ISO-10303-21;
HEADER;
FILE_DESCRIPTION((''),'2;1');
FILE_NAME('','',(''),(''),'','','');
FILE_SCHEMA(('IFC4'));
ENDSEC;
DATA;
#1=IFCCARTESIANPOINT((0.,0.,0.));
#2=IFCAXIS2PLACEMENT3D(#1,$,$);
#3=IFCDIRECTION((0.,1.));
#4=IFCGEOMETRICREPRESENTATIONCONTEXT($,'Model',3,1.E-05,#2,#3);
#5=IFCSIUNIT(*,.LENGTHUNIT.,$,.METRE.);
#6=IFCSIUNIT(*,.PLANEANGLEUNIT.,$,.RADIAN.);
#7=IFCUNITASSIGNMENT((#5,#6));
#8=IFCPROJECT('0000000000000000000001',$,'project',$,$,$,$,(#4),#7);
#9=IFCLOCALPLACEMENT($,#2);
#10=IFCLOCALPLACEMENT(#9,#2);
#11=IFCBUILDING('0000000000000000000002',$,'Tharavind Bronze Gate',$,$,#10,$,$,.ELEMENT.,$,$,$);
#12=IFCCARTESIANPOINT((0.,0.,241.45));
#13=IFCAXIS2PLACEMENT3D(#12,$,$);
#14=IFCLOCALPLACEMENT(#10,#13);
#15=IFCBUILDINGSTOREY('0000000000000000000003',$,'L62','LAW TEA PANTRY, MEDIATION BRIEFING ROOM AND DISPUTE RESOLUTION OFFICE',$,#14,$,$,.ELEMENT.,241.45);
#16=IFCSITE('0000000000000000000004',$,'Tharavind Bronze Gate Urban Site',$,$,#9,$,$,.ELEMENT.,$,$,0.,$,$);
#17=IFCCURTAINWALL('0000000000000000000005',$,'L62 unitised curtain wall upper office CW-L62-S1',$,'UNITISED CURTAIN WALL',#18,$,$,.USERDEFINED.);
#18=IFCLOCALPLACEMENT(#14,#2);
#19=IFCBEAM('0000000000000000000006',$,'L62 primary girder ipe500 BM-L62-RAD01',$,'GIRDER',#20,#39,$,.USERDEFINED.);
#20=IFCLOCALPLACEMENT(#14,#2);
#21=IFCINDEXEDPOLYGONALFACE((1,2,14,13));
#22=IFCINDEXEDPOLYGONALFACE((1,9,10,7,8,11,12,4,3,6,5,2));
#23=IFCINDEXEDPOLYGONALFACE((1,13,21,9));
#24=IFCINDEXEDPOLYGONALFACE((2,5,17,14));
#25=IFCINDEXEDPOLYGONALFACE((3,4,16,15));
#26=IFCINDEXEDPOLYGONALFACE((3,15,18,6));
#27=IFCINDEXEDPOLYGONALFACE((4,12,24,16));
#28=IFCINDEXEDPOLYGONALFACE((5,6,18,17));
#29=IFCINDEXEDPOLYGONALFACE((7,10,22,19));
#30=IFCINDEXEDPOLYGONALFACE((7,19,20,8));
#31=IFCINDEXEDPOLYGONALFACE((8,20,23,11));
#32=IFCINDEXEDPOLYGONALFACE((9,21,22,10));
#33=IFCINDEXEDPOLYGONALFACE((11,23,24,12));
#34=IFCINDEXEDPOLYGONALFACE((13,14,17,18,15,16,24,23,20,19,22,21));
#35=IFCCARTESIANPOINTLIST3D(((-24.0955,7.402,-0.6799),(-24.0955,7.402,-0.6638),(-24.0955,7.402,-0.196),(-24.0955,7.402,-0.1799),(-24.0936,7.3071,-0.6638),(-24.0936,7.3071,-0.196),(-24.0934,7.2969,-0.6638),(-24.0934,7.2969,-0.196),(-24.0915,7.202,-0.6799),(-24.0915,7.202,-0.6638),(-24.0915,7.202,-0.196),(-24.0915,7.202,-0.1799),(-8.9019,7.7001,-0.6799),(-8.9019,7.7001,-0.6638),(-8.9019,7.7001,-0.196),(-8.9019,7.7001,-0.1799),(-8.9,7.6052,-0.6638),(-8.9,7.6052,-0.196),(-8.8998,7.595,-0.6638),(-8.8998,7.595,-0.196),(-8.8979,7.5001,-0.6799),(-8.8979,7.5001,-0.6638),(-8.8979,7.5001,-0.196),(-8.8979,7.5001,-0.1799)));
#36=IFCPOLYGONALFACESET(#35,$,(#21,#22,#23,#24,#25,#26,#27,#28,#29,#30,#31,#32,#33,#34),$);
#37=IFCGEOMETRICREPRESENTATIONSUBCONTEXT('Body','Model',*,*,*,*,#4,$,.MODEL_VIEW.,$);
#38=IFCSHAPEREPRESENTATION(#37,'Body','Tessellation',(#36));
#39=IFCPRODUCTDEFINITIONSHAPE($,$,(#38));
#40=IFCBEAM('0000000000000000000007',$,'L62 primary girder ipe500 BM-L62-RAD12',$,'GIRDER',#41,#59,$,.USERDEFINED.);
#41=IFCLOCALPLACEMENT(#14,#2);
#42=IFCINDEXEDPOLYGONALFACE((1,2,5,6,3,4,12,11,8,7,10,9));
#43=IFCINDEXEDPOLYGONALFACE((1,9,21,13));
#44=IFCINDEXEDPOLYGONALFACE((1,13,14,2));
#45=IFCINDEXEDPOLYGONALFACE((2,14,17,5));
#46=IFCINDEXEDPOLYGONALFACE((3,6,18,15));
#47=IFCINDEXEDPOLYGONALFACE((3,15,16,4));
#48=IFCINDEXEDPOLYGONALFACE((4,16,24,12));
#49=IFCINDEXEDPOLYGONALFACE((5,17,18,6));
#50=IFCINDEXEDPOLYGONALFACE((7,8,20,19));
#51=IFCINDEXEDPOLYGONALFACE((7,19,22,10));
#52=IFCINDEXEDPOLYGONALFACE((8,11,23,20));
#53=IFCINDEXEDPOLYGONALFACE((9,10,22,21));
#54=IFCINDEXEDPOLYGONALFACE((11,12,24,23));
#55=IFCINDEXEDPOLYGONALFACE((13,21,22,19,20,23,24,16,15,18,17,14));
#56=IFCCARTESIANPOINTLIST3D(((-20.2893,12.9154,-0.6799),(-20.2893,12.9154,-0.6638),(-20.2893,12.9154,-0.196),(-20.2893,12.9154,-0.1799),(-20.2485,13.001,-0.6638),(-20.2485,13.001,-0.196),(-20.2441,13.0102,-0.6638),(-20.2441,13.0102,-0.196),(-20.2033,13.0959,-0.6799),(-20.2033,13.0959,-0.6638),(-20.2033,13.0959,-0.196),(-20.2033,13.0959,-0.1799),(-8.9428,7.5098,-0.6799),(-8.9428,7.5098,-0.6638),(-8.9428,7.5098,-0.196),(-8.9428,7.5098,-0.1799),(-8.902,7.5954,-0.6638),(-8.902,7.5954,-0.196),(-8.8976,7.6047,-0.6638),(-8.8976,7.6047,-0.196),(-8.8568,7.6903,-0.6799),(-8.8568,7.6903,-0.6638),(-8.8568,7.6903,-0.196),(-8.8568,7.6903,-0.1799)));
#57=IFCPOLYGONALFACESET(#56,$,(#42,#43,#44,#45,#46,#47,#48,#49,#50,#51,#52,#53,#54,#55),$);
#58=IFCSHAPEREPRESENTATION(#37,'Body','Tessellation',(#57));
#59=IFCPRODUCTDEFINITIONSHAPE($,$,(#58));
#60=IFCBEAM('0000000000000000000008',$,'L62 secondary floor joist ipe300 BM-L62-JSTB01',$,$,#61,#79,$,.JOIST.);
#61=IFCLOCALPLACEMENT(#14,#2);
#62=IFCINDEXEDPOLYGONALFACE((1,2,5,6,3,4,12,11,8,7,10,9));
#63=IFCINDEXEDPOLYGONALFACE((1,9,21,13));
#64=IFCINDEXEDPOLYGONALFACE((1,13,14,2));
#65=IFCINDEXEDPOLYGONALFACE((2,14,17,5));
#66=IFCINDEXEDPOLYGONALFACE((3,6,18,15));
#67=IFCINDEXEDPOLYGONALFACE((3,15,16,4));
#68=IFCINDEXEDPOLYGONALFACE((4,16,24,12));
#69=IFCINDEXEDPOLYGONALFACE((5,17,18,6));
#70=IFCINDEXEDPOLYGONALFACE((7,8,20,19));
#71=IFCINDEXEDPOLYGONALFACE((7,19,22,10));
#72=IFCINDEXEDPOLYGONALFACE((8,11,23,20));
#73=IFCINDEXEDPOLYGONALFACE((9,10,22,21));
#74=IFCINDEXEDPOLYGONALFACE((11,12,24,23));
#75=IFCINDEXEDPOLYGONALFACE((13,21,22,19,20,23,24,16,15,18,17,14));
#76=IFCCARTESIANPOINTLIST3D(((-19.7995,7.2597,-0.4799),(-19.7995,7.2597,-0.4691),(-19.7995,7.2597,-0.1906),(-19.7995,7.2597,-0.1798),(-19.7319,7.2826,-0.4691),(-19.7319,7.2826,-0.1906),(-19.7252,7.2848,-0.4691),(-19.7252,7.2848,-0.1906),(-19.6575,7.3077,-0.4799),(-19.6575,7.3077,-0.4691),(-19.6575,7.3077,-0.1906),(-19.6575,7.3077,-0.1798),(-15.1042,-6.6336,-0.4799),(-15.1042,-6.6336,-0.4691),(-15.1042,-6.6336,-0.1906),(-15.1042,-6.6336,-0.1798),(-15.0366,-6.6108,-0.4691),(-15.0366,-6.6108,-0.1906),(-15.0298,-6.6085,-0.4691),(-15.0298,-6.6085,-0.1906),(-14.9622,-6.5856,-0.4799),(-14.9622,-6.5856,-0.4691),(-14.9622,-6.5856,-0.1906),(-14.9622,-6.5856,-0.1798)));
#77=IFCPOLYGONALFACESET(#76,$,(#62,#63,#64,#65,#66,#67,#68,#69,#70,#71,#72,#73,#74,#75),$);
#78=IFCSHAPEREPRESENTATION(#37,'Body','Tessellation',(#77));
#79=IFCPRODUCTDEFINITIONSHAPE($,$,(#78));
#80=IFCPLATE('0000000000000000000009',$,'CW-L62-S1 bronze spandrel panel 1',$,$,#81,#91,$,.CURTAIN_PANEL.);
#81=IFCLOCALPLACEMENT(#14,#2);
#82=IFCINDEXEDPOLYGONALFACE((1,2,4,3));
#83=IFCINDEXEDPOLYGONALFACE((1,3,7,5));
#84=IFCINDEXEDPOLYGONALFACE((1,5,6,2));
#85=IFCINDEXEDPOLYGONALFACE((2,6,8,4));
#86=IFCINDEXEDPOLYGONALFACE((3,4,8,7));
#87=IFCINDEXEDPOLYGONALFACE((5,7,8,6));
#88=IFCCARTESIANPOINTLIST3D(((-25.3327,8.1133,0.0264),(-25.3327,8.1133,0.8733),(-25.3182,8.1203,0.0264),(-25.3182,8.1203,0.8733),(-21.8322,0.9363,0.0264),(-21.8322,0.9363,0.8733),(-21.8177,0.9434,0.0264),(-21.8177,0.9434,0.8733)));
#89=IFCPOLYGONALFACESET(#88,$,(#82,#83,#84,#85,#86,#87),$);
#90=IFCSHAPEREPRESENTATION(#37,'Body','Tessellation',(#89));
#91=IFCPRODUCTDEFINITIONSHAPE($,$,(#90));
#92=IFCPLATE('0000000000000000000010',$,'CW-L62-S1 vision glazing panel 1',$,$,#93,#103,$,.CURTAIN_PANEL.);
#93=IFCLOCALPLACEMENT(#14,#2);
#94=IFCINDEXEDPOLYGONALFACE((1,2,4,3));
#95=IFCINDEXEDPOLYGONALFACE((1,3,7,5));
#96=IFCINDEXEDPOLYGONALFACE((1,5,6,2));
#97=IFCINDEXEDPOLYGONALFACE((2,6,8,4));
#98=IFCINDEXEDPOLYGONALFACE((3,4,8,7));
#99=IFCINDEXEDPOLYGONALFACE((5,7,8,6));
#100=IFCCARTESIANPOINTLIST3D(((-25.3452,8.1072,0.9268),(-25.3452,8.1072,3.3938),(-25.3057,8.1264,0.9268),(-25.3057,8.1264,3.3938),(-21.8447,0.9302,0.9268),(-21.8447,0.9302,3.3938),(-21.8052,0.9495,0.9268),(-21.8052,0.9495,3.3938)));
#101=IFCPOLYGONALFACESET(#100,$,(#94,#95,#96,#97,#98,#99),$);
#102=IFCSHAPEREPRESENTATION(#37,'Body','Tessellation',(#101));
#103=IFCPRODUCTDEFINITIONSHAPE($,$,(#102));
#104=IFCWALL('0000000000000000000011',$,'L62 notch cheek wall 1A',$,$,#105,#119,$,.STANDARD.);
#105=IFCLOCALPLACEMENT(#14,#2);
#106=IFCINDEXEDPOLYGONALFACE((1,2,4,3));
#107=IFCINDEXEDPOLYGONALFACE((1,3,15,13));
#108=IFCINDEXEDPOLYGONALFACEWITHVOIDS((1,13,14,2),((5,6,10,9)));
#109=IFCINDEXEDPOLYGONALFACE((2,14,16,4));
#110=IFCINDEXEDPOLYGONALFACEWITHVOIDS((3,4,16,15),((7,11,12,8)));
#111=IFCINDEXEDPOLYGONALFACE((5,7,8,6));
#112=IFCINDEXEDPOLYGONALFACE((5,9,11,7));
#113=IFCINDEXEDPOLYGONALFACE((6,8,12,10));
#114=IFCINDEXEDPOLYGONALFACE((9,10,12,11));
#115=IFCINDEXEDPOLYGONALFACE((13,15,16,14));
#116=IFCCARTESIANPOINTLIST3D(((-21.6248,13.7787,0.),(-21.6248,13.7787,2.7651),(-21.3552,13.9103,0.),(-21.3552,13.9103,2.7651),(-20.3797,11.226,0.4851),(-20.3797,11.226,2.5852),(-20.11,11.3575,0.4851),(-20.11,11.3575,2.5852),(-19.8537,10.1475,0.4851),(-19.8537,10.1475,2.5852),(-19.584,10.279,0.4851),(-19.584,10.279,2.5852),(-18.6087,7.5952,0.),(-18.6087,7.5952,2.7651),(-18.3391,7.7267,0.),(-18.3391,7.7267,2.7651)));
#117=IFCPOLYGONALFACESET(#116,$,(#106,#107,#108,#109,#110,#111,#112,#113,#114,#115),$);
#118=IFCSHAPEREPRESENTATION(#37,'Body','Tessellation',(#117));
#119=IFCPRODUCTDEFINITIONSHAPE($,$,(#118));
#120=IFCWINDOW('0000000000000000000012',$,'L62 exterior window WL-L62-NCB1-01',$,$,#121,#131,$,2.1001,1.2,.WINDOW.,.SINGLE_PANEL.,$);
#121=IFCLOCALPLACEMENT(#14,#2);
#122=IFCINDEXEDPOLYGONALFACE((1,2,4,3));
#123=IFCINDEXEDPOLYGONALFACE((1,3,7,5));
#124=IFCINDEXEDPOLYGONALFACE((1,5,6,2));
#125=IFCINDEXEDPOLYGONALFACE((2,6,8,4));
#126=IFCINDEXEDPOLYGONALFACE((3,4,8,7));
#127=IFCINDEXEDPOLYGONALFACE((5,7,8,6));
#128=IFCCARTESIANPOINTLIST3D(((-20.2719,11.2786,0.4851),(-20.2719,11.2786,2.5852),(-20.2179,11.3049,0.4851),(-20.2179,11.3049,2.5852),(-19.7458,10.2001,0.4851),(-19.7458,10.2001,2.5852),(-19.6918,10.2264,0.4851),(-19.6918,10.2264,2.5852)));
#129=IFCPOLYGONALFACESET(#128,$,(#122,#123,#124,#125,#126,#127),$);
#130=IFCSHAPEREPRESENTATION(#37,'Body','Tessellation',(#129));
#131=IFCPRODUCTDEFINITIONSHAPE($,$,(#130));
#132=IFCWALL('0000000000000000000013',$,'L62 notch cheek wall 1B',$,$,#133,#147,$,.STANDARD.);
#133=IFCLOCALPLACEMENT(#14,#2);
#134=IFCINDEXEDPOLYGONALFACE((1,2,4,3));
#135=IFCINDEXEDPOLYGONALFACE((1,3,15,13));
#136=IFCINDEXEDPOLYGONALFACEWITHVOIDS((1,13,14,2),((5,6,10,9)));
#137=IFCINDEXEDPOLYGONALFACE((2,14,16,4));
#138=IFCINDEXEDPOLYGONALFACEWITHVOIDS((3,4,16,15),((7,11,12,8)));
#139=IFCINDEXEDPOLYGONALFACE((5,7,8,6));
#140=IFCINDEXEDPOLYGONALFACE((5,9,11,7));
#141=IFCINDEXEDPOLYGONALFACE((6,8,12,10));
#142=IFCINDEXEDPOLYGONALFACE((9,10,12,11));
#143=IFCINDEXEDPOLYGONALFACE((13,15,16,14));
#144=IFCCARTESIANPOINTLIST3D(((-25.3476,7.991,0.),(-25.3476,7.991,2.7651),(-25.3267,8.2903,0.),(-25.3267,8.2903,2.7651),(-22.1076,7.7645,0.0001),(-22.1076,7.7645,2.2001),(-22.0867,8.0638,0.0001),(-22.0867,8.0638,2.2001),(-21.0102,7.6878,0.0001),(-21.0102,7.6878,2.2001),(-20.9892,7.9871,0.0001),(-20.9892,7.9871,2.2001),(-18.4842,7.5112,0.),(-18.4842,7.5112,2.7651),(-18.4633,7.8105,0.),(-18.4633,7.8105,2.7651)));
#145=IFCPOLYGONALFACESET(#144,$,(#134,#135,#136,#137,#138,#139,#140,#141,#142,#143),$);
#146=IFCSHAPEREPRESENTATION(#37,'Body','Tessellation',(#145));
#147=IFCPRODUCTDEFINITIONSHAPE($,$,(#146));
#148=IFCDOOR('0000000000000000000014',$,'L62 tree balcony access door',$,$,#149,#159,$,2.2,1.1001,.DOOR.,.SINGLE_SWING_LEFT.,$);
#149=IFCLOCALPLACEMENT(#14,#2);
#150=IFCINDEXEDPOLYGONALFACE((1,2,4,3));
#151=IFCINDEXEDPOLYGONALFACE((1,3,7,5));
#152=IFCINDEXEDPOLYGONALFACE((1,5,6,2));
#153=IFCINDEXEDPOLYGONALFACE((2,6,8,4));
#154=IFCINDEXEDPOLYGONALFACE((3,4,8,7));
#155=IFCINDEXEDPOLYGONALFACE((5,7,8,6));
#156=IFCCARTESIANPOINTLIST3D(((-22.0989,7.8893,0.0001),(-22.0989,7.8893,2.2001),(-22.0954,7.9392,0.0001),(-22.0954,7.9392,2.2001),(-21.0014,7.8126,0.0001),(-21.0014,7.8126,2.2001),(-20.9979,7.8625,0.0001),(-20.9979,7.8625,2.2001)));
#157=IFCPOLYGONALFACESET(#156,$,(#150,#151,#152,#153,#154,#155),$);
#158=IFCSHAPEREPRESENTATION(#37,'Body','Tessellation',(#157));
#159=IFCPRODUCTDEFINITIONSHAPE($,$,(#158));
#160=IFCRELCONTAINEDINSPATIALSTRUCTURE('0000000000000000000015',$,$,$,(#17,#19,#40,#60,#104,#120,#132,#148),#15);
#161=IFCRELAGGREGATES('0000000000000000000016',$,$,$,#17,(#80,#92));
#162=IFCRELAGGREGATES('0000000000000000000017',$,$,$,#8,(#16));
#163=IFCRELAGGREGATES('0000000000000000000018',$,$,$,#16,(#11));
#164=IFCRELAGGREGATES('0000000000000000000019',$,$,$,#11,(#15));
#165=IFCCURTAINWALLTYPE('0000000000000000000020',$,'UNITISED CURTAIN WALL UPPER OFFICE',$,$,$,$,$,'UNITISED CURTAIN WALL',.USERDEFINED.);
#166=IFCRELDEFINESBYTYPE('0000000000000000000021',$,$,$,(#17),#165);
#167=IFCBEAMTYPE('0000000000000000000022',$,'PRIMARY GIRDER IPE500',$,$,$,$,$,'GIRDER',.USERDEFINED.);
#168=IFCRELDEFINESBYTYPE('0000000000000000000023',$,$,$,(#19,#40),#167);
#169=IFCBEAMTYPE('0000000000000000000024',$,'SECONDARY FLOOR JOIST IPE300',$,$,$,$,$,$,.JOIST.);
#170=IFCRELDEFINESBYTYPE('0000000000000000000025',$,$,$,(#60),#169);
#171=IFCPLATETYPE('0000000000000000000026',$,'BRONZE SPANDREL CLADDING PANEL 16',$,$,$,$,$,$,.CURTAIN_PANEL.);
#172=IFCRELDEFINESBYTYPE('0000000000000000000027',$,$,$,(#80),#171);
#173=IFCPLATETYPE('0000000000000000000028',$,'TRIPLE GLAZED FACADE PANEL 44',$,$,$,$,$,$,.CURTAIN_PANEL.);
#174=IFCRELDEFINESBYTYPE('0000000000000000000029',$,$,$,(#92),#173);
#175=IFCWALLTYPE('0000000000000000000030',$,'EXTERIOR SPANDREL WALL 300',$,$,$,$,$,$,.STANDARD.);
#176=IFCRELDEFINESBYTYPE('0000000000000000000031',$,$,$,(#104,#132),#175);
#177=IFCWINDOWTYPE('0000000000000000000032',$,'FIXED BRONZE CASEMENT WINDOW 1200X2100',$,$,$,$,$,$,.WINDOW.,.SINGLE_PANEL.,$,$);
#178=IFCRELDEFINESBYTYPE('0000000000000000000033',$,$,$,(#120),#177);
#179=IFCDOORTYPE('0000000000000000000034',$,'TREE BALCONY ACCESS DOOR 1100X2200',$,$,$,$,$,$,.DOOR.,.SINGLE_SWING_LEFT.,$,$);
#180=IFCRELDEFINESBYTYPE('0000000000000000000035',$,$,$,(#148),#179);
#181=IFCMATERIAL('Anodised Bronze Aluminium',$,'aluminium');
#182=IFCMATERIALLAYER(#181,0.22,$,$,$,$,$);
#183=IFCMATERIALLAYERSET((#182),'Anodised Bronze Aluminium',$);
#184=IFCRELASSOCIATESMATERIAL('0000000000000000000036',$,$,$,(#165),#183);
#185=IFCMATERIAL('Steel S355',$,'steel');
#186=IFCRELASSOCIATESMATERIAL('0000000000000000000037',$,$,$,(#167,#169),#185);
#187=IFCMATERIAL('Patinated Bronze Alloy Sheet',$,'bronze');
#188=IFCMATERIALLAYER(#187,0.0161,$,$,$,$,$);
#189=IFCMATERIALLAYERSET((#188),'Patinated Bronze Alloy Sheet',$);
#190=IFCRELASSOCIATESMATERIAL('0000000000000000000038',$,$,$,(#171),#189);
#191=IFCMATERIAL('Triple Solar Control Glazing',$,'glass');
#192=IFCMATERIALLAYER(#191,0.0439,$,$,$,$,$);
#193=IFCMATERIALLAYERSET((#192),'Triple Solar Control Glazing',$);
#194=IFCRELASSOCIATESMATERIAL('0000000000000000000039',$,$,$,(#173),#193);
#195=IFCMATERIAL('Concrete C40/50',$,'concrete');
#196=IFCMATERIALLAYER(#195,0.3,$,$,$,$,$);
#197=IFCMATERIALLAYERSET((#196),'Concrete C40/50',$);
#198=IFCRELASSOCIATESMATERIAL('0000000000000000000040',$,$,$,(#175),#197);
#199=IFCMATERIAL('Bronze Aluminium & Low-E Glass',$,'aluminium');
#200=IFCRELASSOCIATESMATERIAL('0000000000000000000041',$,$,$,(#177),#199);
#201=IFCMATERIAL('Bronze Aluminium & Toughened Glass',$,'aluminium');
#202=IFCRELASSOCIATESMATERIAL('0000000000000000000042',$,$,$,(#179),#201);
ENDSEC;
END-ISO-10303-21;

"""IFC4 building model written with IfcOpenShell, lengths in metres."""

from ifc_helpers import new_model, si_unit, direction, frame, frame_2d, origin, origin_2d, place, context, subcontext, project, spatial, rectangle, i_section, extrude, material, layer, layer_set, material_profile, profile_set, type_object, element, fill, aggregate, save


model = new_model("IFC4")

# Units and contexts
model_context = context("Model", 3, precision=1e-05, world=origin(), true_north=direction((0.0, 1.0)))
body_context = subcontext(model_context, "Body", "Model", "MODEL_VIEW")
ifc_project = project(units=[si_unit("LENGTHUNIT", "METRE"), si_unit("PLANEANGLEUNIT", "RADIAN")], contexts=[model_context])

# Site, building, storey
site_placement = place(None, origin())
site = spatial("IfcSite", under=ifc_project, at=site_placement, Name="Tharavind Bronze Gate Urban Site", CompositionType="ELEMENT", RefElevation=0.0)
building_placement = place(site_placement, origin())
building = spatial("IfcBuilding", under=site, at=building_placement, Name="Tharavind Bronze Gate", CompositionType="ELEMENT")
storey_placement = place(building_placement, frame((0.0, 0.0, 241.45)))
storey = spatial("IfcBuildingStorey", under=building, at=storey_placement, Name="L62", Description="LAW TEA PANTRY, MEDIATION BRIEFING ROOM AND DISPUTE RESOLUTION OFFICE", CompositionType="ELEMENT", Elevation=241.45)

# Curtain wall
ifc_material_1 = material(Name="Anodised Bronze Aluminium", Category="aluminium")
ifc_layer_1 = layer(ifc_material_1, 0.22)
ifc_layer_set_1 = layer_set([ifc_layer_1], Name="Anodised Bronze Aluminium")
curtain_wall_type = type_object("IfcCurtainWallType", Name="UNITISED CURTAIN WALL UPPER OFFICE", ElementType="UNITISED CURTAIN WALL", PredefinedType="USERDEFINED", material=ifc_layer_set_1)
curtain_wall_1_placement = place(storey_placement, origin())
curtain_wall_1 = element("IfcCurtainWall", 1, at=curtain_wall_1_placement, inside=storey, type_object=curtain_wall_type, Name="L62 unitised curtain wall upper office CW-L62-S1", ObjectType="UNITISED CURTAIN WALL", PredefinedType="USERDEFINED")

# Beams
ifc_material_2 = material(Name="Steel S355", Category="steel")
ifc_material_profile_1 = material_profile(ifc_material_2, i_section(OverallWidth=0.2, OverallDepth=0.5, WebThickness=0.0103, FlangeThickness=0.0161, at=origin_2d()), Name="IPE500")
ifc_profile_set_1 = profile_set([ifc_material_profile_1], Name="Steel S355")
beam_type_1 = type_object("IfcBeamType", Name="PRIMARY GIRDER IPE500", ElementType="GIRDER", PredefinedType="USERDEFINED", material=ifc_profile_set_1)
beam_1_placement = place(storey_placement, frame((-24.0935, 7.302, -0.4299), z_axis=(0.999808, 0.019616, 0.0), x_axis=(-0.019616, 0.999808, 0.0)))
element("IfcBeam", 2, at=beam_1_placement, inside=storey, type_object=beam_type_1, Name="L62 primary girder ipe500 BM-L62-RAD01", ObjectType="GIRDER", PredefinedType="USERDEFINED", context=body_context, shape_type="SweptSolid", body=[
    extrude(i_section(OverallWidth=0.2, OverallDepth=0.5, WebThickness=0.0103, FlangeThickness=0.0161, at=origin_2d()), origin(), (0.0, 0.0, 1.0), 15.1965),
])
beam_2_placement = place(storey_placement, frame((-20.2463, 13.0056, -0.4299), z_axis=(0.902785, -0.430093, 0.0), x_axis=(0.430093, 0.902785, 0.0)))
element("IfcBeam", 3, at=beam_2_placement, inside=storey, type_object=beam_type_1, Name="L62 primary girder ipe500 BM-L62-RAD12", ObjectType="GIRDER", PredefinedType="USERDEFINED", context=body_context, shape_type="SweptSolid", body=[
    extrude(i_section(OverallWidth=0.2, OverallDepth=0.5, WebThickness=0.0103, FlangeThickness=0.0161, at=origin_2d()), origin(), (0.0, 0.0, 1.0), 12.5684),
])
ifc_material_profile_2 = material_profile(ifc_material_2, i_section(OverallWidth=0.1499, OverallDepth=0.3, WebThickness=0.0071, FlangeThickness=0.0107, at=origin_2d()), Name="IPE300")
ifc_profile_set_2 = profile_set([ifc_material_profile_2], Name="Steel S355")
beam_type_2 = type_object("IfcBeamType", Name="SECONDARY FLOOR JOIST IPE300", PredefinedType="JOIST", material=ifc_profile_set_2)
beam_3_placement = place(storey_placement, frame((-19.7285, 7.2837, -0.3298), z_axis=(0.320166, -0.947362, 0.0), x_axis=(0.947362, 0.320166, 0.0)))
element("IfcBeam", 4, at=beam_3_placement, inside=storey, type_object=beam_type_2, Name="L62 secondary floor joist ipe300 BM-L62-JSTB01", PredefinedType="JOIST", context=body_context, shape_type="SweptSolid", body=[
    extrude(i_section(OverallWidth=0.1499, OverallDepth=0.3, WebThickness=0.0071, FlangeThickness=0.0107, at=origin_2d()), origin(), (0.0, 0.0, 1.0), 14.6653),
])

# Plates
ifc_material_3 = material(Name="Patinated Bronze Alloy Sheet", Category="bronze")
ifc_layer_2 = layer(ifc_material_3, 0.0161)
ifc_layer_set_2 = layer_set([ifc_layer_2], Name="Patinated Bronze Alloy Sheet")
plate_type_1 = type_object("IfcPlateType", Name="BRONZE SPANDREL CLADDING PANEL 16", PredefinedType="CURTAIN_PANEL", material=ifc_layer_set_2)
plate_1_placement = place(storey_placement, frame((-23.5752, 4.5283, 0.0264), z_axis=(0.0, 0.0, 1.0), x_axis=(0.438371, -0.898794, 0.0)))
plate_1 = element("IfcPlate", 5, at=plate_1_placement, type_object=plate_type_1, Name="CW-L62-S1 bronze spandrel panel 1", PredefinedType="CURTAIN_PANEL", context=body_context, shape_type="SweptSolid", body=[
    extrude(rectangle(XDim=7.9851, YDim=0.0161, at=origin_2d()), origin(), (0.0, 0.0, 1.0), 0.8469),
])
ifc_material_4 = material(Name="Triple Solar Control Glazing", Category="glass")
ifc_layer_3 = layer(ifc_material_4, 0.0439)
ifc_layer_set_3 = layer_set([ifc_layer_3], Name="Triple Solar Control Glazing")
plate_type_2 = type_object("IfcPlateType", Name="TRIPLE GLAZED FACADE PANEL 44", PredefinedType="CURTAIN_PANEL", material=ifc_layer_set_3)
plate_2_placement = place(storey_placement, frame((-23.5752, 4.5283, 0.9268), z_axis=(0.0, 0.0, 1.0), x_axis=(0.438371, -0.898794, 0.0)))
plate_2 = element("IfcPlate", 6, at=plate_2_placement, type_object=plate_type_2, Name="CW-L62-S1 vision glazing panel 1", PredefinedType="CURTAIN_PANEL", context=body_context, shape_type="SweptSolid", body=[
    extrude(rectangle(XDim=7.9851, YDim=0.0439, at=origin_2d()), origin(), (0.0, 0.0, 1.0), 2.467),
])
aggregate(curtain_wall_1, [plate_1, plate_2])

# Wall, opening, window
ifc_material_5 = material(Name="Concrete C40/50", Category="concrete")
ifc_layer_4 = layer(ifc_material_5, 0.3)
ifc_layer_set_4 = layer_set([ifc_layer_4], Name="Concrete C40/50")
wall_type = type_object("IfcWallType", Name="EXTERIOR SPANDREL WALL 300", PredefinedType="STANDARD", material=ifc_layer_set_4)
wall_1_placement = place(storey_placement, frame((-21.49, 13.8445, 0.0), z_axis=(0.0, 0.0, 1.0), x_axis=(0.438391, -0.898784, 0.0)))
wall_1 = element("IfcWall", 7, at=wall_1_placement, inside=storey, type_object=wall_type, Name="L62 notch cheek wall 1A", PredefinedType="STANDARD", context=body_context, shape_type="SweptSolid", body=[
    extrude(rectangle(XDim=6.8799, YDim=0.3, at=frame_2d((3.4399, 0.0))), origin(), (0.0, 0.0, 1.0), 2.7651),
])
opening_1_placement = place(wall_1_placement, frame((2.8401, 0.0, 0.4851)))
opening_1 = element("IfcOpeningElement", 8, at=opening_1_placement, cuts=wall_1, PredefinedType="OPENING", context=body_context, shape_type="SweptSolid", body=[
    extrude(rectangle(XDim=1.2, YDim=2.1001, at=frame_2d((0.6001, 1.05))), frame((0.0, 0.1599, 0.0), z_axis=(0.0, -1.0, 0.0), x_axis=(1.0, 0.0, 0.0)), (0.0, 0.0, 1.0), 0.32),
])
ifc_material_6 = material(Name="Bronze Aluminium & Low-E Glass", Category="aluminium")
window_type = type_object("IfcWindowType", Name="FIXED BRONZE CASEMENT WINDOW 1200X2100", PartitioningType="SINGLE_PANEL", PredefinedType="WINDOW", material=ifc_material_6)
window_placement = place(opening_1_placement, origin())
window = element("IfcWindow", 9, at=window_placement, inside=storey, type_object=window_type, Name="L62 exterior window WL-L62-NCB1-01", OverallHeight=2.1001, OverallWidth=1.2, PartitioningType="SINGLE_PANEL", PredefinedType="WINDOW", context=body_context, shape_type="SweptSolid", body=[
    extrude(rectangle(XDim=1.2, YDim=2.1001, at=frame_2d((0.6001, 1.05))), frame((0.0, 0.03, 0.0), z_axis=(0.0, -1.0, 0.0), x_axis=(1.0, 0.0, 0.0)), (0.0, 0.0, 1.0), 0.0601),
])
fill(opening_1, window)

# Wall, opening, door
wall_2_placement = place(storey_placement, frame((-18.4739, 7.6609, 0.0), z_axis=(0.0, 0.0, 1.0), x_axis=(-0.997566, 0.069729, 0.0)))
wall_2 = element("IfcWall", 10, at=wall_2_placement, inside=storey, type_object=wall_type, Name="L62 notch cheek wall 1B", PredefinedType="STANDARD", context=body_context, shape_type="SweptSolid", body=[
    extrude(rectangle(XDim=6.8801, YDim=0.3, at=frame_2d((3.4399, 0.0))), origin(), (0.0, 0.0, 1.0), 2.7651),
])
opening_2_placement = place(wall_2_placement, frame((2.532, 0.0, 0.0)))
opening_2 = element("IfcOpeningElement", 11, at=opening_2_placement, cuts=wall_2, PredefinedType="OPENING", context=body_context, shape_type="SweptSolid", body=[
    extrude(rectangle(XDim=1.1001, YDim=2.2, at=frame_2d((0.55, 1.1001))), frame((0.0, 0.1599, 0.0), z_axis=(0.0, -1.0, 0.0), x_axis=(1.0, 0.0, 0.0)), (0.0, 0.0, 1.0), 0.32),
])
ifc_material_7 = material(Name="Bronze Aluminium & Toughened Glass", Category="aluminium")
door_type = type_object("IfcDoorType", Name="TREE BALCONY ACCESS DOOR 1100X2200", OperationType="SINGLE_SWING_LEFT", PredefinedType="DOOR", material=ifc_material_7)
door_placement = place(opening_2_placement, origin())
door = element("IfcDoor", 12, at=door_placement, inside=storey, type_object=door_type, Name="L62 tree balcony access door", OperationType="SINGLE_SWING_LEFT", OverallHeight=2.2, OverallWidth=1.1001, PredefinedType="DOOR", context=body_context, shape_type="SweptSolid", body=[
    extrude(rectangle(XDim=1.1001, YDim=2.2, at=frame_2d((0.55, 1.1001))), frame((0.0, 0.0249, 0.0), z_axis=(0.0, -1.0, 0.0), x_axis=(1.0, 0.0, 0.0)), (0.0, 0.0, 1.0), 0.05),
])
fill(opening_2, door)

save(model, "model.ifc")
